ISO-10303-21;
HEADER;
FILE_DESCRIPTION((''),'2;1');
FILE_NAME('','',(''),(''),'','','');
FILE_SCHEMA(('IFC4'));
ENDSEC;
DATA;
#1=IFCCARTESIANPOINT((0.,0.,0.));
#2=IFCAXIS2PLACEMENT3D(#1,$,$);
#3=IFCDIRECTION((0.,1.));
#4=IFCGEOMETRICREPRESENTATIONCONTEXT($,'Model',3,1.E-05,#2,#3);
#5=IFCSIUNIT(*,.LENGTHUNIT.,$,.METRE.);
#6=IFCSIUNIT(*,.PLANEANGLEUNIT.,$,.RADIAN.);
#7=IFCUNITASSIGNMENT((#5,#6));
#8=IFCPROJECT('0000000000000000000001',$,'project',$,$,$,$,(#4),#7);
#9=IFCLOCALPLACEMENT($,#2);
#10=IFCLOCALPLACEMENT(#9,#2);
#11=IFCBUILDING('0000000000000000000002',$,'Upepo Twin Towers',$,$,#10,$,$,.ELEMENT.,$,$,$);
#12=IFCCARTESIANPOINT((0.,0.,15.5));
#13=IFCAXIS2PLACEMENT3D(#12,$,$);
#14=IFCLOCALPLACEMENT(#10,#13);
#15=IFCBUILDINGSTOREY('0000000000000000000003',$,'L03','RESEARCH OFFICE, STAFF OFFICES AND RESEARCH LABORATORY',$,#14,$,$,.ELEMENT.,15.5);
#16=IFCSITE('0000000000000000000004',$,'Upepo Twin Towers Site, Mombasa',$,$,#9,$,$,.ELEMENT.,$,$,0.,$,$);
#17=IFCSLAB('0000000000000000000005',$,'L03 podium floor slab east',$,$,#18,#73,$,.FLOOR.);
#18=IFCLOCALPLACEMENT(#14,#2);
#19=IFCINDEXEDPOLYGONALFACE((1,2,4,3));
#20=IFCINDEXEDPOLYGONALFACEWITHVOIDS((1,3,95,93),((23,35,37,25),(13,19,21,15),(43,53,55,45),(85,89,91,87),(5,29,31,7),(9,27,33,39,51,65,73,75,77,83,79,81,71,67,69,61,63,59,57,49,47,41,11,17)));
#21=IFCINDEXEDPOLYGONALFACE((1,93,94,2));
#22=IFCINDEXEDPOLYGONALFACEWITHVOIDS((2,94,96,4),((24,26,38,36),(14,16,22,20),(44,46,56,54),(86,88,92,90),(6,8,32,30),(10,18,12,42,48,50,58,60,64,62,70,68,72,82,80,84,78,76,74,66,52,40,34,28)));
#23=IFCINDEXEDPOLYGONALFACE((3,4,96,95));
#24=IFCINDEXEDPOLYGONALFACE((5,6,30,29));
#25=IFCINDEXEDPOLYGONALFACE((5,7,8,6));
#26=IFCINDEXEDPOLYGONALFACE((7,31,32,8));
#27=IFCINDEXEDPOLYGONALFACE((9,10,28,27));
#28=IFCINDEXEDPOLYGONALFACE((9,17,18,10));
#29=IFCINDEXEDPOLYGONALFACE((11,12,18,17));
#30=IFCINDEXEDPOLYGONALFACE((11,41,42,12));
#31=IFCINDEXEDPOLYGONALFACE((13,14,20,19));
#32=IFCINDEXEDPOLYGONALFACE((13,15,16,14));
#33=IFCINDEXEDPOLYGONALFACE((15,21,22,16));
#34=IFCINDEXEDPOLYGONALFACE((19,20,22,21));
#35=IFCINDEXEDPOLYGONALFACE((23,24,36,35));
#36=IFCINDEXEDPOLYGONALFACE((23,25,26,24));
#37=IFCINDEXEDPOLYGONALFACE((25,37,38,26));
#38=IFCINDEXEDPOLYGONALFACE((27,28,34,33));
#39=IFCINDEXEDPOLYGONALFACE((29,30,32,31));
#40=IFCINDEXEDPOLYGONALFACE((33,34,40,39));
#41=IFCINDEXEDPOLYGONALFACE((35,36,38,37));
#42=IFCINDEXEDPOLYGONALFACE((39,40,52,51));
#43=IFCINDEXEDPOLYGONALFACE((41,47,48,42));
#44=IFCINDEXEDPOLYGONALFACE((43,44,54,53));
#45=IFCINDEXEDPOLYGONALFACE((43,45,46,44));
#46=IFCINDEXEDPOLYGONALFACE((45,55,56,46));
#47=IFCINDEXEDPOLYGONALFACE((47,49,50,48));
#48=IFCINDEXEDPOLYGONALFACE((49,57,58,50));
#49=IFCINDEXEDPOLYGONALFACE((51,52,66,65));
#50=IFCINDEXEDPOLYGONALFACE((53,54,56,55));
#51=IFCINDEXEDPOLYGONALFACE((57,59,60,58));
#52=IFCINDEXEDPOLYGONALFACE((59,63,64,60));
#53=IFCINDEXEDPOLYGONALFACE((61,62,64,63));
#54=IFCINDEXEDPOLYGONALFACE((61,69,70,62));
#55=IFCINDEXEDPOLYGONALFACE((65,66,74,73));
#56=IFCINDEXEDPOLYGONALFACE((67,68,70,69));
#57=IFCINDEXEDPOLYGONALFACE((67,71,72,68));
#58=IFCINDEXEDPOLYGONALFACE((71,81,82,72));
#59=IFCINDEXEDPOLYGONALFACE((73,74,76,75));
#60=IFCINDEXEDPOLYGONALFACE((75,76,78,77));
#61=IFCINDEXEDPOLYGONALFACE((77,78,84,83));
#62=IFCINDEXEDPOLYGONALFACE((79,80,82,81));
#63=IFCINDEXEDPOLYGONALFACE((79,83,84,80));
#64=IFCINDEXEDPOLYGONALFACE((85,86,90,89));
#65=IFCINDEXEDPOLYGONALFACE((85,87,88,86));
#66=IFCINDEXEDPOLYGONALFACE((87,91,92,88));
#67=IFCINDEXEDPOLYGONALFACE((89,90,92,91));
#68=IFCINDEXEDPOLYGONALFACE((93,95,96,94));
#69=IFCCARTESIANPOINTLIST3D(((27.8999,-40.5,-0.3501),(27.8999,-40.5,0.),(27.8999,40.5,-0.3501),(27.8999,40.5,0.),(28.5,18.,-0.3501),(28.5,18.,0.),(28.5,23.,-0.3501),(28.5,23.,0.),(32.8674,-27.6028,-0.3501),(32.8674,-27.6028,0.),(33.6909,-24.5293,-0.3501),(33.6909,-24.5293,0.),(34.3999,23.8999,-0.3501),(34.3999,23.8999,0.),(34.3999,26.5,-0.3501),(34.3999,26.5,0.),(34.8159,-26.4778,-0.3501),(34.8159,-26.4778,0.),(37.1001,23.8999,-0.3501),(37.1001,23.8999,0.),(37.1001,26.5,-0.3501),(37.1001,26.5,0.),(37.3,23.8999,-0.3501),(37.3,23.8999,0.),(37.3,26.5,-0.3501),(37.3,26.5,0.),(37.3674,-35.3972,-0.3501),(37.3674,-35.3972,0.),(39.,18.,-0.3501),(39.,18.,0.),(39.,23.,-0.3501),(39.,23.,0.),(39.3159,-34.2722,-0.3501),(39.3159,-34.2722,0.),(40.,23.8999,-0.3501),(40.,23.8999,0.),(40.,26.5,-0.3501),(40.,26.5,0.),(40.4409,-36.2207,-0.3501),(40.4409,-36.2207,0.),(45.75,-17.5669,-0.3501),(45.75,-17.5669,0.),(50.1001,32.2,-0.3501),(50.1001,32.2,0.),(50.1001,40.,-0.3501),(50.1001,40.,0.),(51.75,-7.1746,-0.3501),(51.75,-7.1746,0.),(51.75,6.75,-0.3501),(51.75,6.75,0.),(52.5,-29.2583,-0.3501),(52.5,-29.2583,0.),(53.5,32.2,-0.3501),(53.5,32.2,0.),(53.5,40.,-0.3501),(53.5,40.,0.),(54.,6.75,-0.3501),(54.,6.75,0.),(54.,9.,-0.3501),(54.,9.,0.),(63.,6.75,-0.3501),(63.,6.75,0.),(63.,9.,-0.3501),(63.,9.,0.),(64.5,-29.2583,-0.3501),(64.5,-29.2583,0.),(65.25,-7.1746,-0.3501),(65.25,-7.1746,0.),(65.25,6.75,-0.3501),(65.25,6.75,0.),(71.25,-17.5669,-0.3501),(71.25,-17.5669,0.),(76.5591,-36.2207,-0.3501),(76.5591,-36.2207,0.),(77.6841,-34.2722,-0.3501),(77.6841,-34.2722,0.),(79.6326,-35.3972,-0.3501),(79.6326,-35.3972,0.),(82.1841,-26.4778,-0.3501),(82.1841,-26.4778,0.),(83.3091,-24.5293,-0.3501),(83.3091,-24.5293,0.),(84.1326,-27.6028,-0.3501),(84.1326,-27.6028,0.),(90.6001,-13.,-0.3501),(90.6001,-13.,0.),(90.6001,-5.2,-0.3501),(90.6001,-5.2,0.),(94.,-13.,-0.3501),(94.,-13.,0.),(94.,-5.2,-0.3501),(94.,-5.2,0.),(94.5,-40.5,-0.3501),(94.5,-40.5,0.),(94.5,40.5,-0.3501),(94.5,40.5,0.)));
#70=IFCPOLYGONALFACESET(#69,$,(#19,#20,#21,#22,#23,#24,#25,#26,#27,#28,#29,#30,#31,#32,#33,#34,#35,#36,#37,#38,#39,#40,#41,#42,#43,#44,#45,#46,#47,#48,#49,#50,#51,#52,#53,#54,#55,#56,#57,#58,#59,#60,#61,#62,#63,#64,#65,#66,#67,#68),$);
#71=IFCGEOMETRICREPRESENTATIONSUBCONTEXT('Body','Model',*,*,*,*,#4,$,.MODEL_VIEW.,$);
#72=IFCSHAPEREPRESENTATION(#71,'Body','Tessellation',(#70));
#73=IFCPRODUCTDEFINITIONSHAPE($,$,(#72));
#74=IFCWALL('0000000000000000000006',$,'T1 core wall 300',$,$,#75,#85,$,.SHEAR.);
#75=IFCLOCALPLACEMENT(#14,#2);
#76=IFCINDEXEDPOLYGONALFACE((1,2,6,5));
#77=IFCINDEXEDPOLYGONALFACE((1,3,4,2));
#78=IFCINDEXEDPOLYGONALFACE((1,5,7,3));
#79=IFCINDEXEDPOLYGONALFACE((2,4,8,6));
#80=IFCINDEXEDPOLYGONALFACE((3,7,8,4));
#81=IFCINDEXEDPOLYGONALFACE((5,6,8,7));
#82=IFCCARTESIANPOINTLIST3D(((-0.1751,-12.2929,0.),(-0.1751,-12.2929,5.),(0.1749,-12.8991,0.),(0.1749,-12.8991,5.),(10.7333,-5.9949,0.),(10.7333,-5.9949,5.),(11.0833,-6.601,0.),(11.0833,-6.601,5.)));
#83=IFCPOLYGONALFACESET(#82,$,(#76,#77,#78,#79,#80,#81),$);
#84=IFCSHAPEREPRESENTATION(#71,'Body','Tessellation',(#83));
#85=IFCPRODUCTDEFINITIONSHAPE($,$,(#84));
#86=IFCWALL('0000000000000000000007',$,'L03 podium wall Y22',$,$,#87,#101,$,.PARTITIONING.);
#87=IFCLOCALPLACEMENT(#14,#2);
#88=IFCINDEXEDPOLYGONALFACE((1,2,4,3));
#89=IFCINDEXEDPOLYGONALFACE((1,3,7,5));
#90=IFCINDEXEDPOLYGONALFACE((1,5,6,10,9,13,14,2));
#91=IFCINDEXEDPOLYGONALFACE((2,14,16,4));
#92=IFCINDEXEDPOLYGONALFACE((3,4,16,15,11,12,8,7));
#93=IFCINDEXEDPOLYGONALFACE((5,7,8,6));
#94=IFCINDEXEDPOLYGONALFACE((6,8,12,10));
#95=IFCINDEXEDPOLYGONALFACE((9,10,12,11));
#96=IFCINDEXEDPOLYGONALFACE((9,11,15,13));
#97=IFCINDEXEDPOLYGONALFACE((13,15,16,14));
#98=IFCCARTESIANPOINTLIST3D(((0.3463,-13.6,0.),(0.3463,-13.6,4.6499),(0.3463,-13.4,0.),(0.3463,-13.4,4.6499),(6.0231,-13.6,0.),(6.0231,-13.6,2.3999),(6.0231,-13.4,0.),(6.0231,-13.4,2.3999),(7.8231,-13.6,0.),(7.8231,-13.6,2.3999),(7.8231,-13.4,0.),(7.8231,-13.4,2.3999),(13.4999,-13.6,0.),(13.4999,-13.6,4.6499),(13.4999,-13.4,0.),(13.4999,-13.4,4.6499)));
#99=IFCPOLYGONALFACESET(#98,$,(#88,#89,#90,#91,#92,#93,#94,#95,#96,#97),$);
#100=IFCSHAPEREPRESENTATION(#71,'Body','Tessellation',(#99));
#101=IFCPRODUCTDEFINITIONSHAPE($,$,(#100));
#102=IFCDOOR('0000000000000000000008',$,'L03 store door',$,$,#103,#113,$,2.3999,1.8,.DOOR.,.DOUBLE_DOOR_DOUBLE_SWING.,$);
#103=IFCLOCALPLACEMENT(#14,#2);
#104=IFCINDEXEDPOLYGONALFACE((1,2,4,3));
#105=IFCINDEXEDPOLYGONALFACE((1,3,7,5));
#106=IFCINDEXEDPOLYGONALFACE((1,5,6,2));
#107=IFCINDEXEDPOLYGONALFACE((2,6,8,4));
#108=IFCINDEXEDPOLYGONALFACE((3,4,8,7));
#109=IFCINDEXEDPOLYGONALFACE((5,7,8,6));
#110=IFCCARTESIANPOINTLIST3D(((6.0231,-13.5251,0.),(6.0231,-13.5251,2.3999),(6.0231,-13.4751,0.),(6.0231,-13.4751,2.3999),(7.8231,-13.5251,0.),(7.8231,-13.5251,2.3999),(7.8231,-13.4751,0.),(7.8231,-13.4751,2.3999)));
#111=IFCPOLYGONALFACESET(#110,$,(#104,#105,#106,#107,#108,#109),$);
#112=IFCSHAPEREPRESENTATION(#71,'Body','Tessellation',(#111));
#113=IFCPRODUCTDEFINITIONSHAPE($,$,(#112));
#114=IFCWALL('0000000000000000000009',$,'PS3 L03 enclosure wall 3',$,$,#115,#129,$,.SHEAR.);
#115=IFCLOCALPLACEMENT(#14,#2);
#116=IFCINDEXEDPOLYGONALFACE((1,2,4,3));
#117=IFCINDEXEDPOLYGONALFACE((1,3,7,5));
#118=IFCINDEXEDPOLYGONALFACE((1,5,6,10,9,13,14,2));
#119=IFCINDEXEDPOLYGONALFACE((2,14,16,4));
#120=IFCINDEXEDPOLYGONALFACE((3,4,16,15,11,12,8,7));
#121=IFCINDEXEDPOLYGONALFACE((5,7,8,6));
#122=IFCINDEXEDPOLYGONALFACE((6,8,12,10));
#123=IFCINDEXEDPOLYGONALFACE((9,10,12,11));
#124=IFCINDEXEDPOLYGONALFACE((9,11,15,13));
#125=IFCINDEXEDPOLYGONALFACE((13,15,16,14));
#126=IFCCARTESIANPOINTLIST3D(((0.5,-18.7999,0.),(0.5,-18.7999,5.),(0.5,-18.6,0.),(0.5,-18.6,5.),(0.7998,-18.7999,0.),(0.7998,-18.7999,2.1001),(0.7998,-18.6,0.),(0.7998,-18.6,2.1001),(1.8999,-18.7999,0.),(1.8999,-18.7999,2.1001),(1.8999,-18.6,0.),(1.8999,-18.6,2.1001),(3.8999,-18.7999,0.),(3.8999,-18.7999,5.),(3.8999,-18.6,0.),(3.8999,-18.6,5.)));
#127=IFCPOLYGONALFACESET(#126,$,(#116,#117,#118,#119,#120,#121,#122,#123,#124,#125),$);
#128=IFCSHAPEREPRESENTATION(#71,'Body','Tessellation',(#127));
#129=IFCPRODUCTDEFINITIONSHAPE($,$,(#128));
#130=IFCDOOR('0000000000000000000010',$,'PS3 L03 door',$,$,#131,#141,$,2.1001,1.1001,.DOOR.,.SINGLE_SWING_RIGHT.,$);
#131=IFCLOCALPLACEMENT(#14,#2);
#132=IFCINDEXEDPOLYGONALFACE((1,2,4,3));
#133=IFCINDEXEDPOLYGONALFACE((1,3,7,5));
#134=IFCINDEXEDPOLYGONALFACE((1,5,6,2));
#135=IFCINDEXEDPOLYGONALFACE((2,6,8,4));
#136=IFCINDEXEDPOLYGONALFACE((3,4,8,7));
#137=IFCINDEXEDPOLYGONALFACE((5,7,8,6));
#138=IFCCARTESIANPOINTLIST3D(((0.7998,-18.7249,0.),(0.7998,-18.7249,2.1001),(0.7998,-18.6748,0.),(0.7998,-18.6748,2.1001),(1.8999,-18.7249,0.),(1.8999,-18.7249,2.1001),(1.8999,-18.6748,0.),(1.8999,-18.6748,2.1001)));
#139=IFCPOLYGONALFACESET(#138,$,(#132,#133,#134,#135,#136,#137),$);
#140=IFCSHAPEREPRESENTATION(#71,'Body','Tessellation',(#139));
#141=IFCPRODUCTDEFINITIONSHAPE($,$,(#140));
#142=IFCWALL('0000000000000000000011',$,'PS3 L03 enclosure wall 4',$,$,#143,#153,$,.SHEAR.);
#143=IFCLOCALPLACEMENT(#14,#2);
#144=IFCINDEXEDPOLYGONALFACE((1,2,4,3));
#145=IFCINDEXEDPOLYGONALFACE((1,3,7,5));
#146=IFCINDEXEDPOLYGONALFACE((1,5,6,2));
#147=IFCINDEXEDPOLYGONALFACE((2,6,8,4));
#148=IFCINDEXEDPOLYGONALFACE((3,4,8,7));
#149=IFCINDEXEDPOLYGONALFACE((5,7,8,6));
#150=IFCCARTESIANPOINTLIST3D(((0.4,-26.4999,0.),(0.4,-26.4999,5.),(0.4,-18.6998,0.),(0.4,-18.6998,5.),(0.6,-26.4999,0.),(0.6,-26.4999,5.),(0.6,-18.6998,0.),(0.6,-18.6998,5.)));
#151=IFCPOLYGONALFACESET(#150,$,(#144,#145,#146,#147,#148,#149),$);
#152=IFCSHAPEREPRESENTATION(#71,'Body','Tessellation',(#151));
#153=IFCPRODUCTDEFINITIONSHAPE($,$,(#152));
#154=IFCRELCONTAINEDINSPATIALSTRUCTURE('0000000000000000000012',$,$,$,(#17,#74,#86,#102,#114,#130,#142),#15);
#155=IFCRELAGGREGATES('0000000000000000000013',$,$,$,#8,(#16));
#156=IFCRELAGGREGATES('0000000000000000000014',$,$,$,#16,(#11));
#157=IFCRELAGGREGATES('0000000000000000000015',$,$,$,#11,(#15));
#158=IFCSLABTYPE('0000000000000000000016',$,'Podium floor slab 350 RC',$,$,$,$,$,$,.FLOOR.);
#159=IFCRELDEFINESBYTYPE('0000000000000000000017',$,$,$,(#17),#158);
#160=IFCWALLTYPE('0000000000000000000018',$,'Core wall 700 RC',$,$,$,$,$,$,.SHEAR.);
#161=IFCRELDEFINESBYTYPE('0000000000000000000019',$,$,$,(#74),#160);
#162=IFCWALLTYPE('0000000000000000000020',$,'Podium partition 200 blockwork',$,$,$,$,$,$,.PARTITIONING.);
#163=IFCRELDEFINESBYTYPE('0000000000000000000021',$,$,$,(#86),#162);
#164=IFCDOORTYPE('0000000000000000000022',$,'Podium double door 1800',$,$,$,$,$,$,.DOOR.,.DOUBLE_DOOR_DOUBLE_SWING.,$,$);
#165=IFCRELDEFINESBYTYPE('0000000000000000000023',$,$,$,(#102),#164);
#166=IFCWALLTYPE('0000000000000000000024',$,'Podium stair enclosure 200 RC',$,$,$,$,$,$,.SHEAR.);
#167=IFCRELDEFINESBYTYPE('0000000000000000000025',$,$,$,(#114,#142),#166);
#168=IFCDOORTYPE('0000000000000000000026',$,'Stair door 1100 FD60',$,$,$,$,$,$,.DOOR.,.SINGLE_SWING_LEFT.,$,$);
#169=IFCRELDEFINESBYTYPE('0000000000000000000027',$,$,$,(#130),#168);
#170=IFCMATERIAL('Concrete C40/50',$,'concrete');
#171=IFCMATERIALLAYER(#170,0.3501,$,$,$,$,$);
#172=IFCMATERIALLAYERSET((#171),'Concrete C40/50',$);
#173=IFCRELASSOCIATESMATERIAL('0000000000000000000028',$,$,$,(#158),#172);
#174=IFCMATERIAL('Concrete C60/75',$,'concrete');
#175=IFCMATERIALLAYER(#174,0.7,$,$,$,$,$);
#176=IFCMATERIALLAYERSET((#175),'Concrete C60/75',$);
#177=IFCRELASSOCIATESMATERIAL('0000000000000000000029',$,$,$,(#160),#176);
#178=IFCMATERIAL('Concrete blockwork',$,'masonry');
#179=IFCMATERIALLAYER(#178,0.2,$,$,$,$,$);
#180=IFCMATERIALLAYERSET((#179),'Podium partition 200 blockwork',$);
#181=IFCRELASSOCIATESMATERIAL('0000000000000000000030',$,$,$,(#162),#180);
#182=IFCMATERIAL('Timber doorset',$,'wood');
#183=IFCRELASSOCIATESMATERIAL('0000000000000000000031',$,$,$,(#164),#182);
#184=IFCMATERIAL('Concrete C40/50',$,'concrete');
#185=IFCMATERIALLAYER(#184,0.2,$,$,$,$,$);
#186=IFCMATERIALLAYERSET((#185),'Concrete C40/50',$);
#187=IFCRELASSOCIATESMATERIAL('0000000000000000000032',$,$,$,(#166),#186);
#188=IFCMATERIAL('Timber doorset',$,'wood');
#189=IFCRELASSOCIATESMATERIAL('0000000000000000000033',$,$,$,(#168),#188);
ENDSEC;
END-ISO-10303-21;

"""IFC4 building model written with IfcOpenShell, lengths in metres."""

from ifc_helpers import new_model, si_unit, direction, frame, frame_2d, origin, place, context, subcontext, project, spatial, polyline, rectangle, outline, extrude, material, layer, layer_set, type_object, element, fill, save


model = new_model("IFC4")

# Units and contexts
model_context = context("Model", 3, precision=1e-05, world=origin(), true_north=direction((0.0, 1.0)))
body_context = subcontext(model_context, "Body", "Model", "MODEL_VIEW")
ifc_project = project(units=[si_unit("LENGTHUNIT", "METRE"), si_unit("PLANEANGLEUNIT", "RADIAN")], contexts=[model_context])

# Site, building, storey
site_placement = place(None, origin())
site = spatial("IfcSite", under=ifc_project, at=site_placement, Name="Upepo Twin Towers Site, Mombasa", CompositionType="ELEMENT", RefElevation=0.0)
building_placement = place(site_placement, origin())
building = spatial("IfcBuilding", under=site, at=building_placement, Name="Upepo Twin Towers", CompositionType="ELEMENT")
storey_placement = place(building_placement, frame((0.0, 0.0, 15.5)))
storey = spatial("IfcBuildingStorey", under=building, at=storey_placement, Name="L03", Description="RESEARCH OFFICE, STAFF OFFICES AND RESEARCH LABORATORY", CompositionType="ELEMENT", Elevation=15.5)

# Slab
ifc_material_1 = material(Name="Concrete C40/50", Category="concrete")
ifc_layer_1 = layer(ifc_material_1, 0.3501)
ifc_layer_set_1 = layer_set([ifc_layer_1], Name="Concrete C40/50")
slab_type = type_object("IfcSlabType", Name="Podium floor slab 350 RC", PredefinedType="FLOOR", material=ifc_layer_set_1)
slab_1_placement = place(storey_placement, frame((0.0, 0.0, -0.3501)))
element("IfcSlab", 1, at=slab_1_placement, inside=storey, type_object=slab_type, Name="L03 podium floor slab east", PredefinedType="FLOOR", context=body_context, shape_type="SweptSolid", body=[
    extrude(outline(polyline([(94.5, -40.5), (27.8999, -40.5), (27.8999, 40.5), (94.5, 40.5), (94.5, -40.5)]), holes=[polyline([(82.1841, -26.4778), (84.1326, -27.6028), (79.6326, -35.3972), (77.6841, -34.2722), (76.5591, -36.2207), (64.5, -29.2583), (52.5, -29.2583), (40.4409, -36.2207), (39.3159, -34.2722), (37.3674, -35.3972), (32.8674, -27.6028), (34.8159, -26.4778), (33.6909, -24.5293), (45.75, -17.5669), (51.75, -7.1746), (51.75, 6.75), (54.0, 6.75), (54.0, 9.0), (63.0, 9.0), (63.0, 6.75), (65.25, 6.75), (65.25, -7.1746), (71.25, -17.5669), (83.3091, -24.5293), (82.1841, -26.4778)]), polyline([(94.0, -13.0), (94.0, -5.2), (90.6001, -5.2), (90.6001, -13.0), (94.0, -13.0)]), polyline([(53.5, 32.2), (53.5, 40.0), (50.1001, 40.0), (50.1001, 32.2), (53.5, 32.2)]), polyline([(40.0, 23.8999), (40.0, 26.5), (37.3, 26.5), (37.3, 23.8999), (40.0, 23.8999)]), polyline([(37.1001, 23.8999), (37.1001, 26.5), (34.3999, 26.5), (34.3999, 23.8999), (37.1001, 23.8999)]), polyline([(39.0, 18.0), (39.0, 23.0), (28.5, 23.0), (28.5, 18.0), (39.0, 18.0)])]), origin(), (0.0, 0.0, 1.0), 0.3501),
])

# Wall
ifc_material_2 = material(Name="Concrete C60/75", Category="concrete")
ifc_layer_2 = layer(ifc_material_2, 0.7)
ifc_layer_set_2 = layer_set([ifc_layer_2], Name="Concrete C60/75")
wall_type_1 = type_object("IfcWallType", Name="Core wall 700 RC", PredefinedType="SHEAR", material=ifc_layer_set_2)
wall_1_placement = place(storey_placement, frame((0.0, -12.5959, 0.0), z_axis=(0.0, 0.0, 1.0), x_axis=(0.866022, 0.500006, 0.0)))
element("IfcWall", 2, at=wall_1_placement, inside=storey, type_object=wall_type_1, Name="T1 core wall 300", PredefinedType="SHEAR", context=body_context, shape_type="SweptSolid", body=[
    extrude(rectangle(XDim=12.5959, YDim=0.7, at=frame_2d((6.2979, 0.0))), origin(), (0.0, 0.0, 1.0), 5.0),
])

# Walls, openings, doors
ifc_material_3 = material(Name="Concrete blockwork", Category="masonry")
ifc_layer_3 = layer(ifc_material_3, 0.2)
ifc_layer_set_3 = layer_set([ifc_layer_3], Name="Podium partition 200 blockwork")
wall_type_2 = type_object("IfcWallType", Name="Podium partition 200 blockwork", PredefinedType="PARTITIONING", material=ifc_layer_set_3)
wall_2_placement = place(storey_placement, frame((0.3464, -13.5, 0.0), z_axis=(0.0, 0.0, 1.0), x_axis=(1.0, 0.0, 0.0)))
wall_2 = element("IfcWall", 3, at=wall_2_placement, inside=storey, type_object=wall_type_2, Name="L03 podium wall Y22", PredefinedType="PARTITIONING", context=body_context, shape_type="SweptSolid", body=[
    extrude(rectangle(XDim=13.1536, YDim=0.2, at=frame_2d((6.5767, 0.0))), origin(), (0.0, 0.0, 1.0), 4.6499),
])
opening_1_placement = place(wall_2_placement, frame((5.6768, 0.0, 0.0)))
opening_1 = element("IfcOpeningElement", 4, at=opening_1_placement, cuts=wall_2, PredefinedType="OPENING", context=body_context, shape_type="SweptSolid", body=[
    extrude(rectangle(XDim=1.8, YDim=2.3999, at=frame_2d((0.8999, 1.2))), frame((0.0, 0.1099, 0.0), z_axis=(0.0, -1.0, 0.0), x_axis=(1.0, 0.0, 0.0)), (0.0, 0.0, 1.0), 0.22),
])
ifc_material_4 = material(Name="Timber doorset", Category="wood")
door_type_1 = type_object("IfcDoorType", Name="Podium double door 1800", OperationType="DOUBLE_DOOR_DOUBLE_SWING", PredefinedType="DOOR", material=ifc_material_4)
door_1_placement = place(opening_1_placement, origin())
door_1 = element("IfcDoor", 5, at=door_1_placement, inside=storey, type_object=door_type_1, Name="L03 store door", OperationType="DOUBLE_DOOR_DOUBLE_SWING", OverallHeight=2.3999, OverallWidth=1.8, PredefinedType="DOOR", context=body_context, shape_type="SweptSolid", body=[
    extrude(rectangle(XDim=1.8, YDim=2.3999, at=frame_2d((0.8999, 1.2))), frame((0.0, 0.0249, 0.0), z_axis=(0.0, -1.0, 0.0), x_axis=(1.0, 0.0, 0.0)), (0.0, 0.0, 1.0), 0.05),
])
fill(opening_1, door_1)
ifc_material_5 = material(Name="Concrete C40/50", Category="concrete")
ifc_layer_4 = layer(ifc_material_5, 0.2)
ifc_layer_set_4 = layer_set([ifc_layer_4], Name="Concrete C40/50")
wall_type_3 = type_object("IfcWallType", Name="Podium stair enclosure 200 RC", PredefinedType="SHEAR", material=ifc_layer_set_4)
wall_3_placement = place(storey_placement, frame((3.8999, -18.7, 0.0), z_axis=(0.0, 0.0, 1.0), x_axis=(-1.0, 0.0, 0.0)))
wall_3 = element("IfcWall", 6, at=wall_3_placement, inside=storey, type_object=wall_type_3, Name="PS3 L03 enclosure wall 3", PredefinedType="SHEAR", context=body_context, shape_type="SweptSolid", body=[
    extrude(rectangle(XDim=3.3999, YDim=0.2, at=frame_2d((1.7, 0.0))), origin(), (0.0, 0.0, 1.0), 5.0),
])
opening_2_placement = place(wall_3_placement, frame((2.0, 0.0, 0.0)))
opening_2 = element("IfcOpeningElement", 7, at=opening_2_placement, cuts=wall_3, PredefinedType="OPENING", context=body_context, shape_type="SweptSolid", body=[
    extrude(rectangle(XDim=1.1001, YDim=2.1001, at=frame_2d((0.55, 1.05))), frame((0.0, 0.1099, 0.0), z_axis=(0.0, -1.0, 0.0), x_axis=(1.0, 0.0, 0.0)), (0.0, 0.0, 1.0), 0.22),
])
ifc_material_6 = material(Name="Timber doorset", Category="wood")
door_type_2 = type_object("IfcDoorType", Name="Stair door 1100 FD60", OperationType="SINGLE_SWING_LEFT", PredefinedType="DOOR", material=ifc_material_6)
door_2_placement = place(opening_2_placement, origin())
door_2 = element("IfcDoor", 8, at=door_2_placement, inside=storey, type_object=door_type_2, Name="PS3 L03 door", OperationType="SINGLE_SWING_RIGHT", OverallHeight=2.1001, OverallWidth=1.1001, PredefinedType="DOOR", context=body_context, shape_type="SweptSolid", body=[
    extrude(rectangle(XDim=1.1001, YDim=2.1001, at=frame_2d((0.55, 1.05))), frame((0.0, 0.0249, 0.0), z_axis=(0.0, -1.0, 0.0), x_axis=(1.0, 0.0, 0.0)), (0.0, 0.0, 1.0), 0.05),
])
fill(opening_2, door_2)

# Wall
wall_4_placement = place(storey_placement, frame((0.5, -18.7, 0.0), z_axis=(0.0, 0.0, 1.0), x_axis=(0.0, -1.0, 0.0)))
element("IfcWall", 9, at=wall_4_placement, inside=storey, type_object=wall_type_3, Name="PS3 L03 enclosure wall 4", PredefinedType="SHEAR", context=body_context, shape_type="SweptSolid", body=[
    extrude(rectangle(XDim=7.8, YDim=0.2, at=frame_2d((3.8999, 0.0))), origin(), (0.0, 0.0, 1.0), 5.0),
])

save(model, "model.ifc")
